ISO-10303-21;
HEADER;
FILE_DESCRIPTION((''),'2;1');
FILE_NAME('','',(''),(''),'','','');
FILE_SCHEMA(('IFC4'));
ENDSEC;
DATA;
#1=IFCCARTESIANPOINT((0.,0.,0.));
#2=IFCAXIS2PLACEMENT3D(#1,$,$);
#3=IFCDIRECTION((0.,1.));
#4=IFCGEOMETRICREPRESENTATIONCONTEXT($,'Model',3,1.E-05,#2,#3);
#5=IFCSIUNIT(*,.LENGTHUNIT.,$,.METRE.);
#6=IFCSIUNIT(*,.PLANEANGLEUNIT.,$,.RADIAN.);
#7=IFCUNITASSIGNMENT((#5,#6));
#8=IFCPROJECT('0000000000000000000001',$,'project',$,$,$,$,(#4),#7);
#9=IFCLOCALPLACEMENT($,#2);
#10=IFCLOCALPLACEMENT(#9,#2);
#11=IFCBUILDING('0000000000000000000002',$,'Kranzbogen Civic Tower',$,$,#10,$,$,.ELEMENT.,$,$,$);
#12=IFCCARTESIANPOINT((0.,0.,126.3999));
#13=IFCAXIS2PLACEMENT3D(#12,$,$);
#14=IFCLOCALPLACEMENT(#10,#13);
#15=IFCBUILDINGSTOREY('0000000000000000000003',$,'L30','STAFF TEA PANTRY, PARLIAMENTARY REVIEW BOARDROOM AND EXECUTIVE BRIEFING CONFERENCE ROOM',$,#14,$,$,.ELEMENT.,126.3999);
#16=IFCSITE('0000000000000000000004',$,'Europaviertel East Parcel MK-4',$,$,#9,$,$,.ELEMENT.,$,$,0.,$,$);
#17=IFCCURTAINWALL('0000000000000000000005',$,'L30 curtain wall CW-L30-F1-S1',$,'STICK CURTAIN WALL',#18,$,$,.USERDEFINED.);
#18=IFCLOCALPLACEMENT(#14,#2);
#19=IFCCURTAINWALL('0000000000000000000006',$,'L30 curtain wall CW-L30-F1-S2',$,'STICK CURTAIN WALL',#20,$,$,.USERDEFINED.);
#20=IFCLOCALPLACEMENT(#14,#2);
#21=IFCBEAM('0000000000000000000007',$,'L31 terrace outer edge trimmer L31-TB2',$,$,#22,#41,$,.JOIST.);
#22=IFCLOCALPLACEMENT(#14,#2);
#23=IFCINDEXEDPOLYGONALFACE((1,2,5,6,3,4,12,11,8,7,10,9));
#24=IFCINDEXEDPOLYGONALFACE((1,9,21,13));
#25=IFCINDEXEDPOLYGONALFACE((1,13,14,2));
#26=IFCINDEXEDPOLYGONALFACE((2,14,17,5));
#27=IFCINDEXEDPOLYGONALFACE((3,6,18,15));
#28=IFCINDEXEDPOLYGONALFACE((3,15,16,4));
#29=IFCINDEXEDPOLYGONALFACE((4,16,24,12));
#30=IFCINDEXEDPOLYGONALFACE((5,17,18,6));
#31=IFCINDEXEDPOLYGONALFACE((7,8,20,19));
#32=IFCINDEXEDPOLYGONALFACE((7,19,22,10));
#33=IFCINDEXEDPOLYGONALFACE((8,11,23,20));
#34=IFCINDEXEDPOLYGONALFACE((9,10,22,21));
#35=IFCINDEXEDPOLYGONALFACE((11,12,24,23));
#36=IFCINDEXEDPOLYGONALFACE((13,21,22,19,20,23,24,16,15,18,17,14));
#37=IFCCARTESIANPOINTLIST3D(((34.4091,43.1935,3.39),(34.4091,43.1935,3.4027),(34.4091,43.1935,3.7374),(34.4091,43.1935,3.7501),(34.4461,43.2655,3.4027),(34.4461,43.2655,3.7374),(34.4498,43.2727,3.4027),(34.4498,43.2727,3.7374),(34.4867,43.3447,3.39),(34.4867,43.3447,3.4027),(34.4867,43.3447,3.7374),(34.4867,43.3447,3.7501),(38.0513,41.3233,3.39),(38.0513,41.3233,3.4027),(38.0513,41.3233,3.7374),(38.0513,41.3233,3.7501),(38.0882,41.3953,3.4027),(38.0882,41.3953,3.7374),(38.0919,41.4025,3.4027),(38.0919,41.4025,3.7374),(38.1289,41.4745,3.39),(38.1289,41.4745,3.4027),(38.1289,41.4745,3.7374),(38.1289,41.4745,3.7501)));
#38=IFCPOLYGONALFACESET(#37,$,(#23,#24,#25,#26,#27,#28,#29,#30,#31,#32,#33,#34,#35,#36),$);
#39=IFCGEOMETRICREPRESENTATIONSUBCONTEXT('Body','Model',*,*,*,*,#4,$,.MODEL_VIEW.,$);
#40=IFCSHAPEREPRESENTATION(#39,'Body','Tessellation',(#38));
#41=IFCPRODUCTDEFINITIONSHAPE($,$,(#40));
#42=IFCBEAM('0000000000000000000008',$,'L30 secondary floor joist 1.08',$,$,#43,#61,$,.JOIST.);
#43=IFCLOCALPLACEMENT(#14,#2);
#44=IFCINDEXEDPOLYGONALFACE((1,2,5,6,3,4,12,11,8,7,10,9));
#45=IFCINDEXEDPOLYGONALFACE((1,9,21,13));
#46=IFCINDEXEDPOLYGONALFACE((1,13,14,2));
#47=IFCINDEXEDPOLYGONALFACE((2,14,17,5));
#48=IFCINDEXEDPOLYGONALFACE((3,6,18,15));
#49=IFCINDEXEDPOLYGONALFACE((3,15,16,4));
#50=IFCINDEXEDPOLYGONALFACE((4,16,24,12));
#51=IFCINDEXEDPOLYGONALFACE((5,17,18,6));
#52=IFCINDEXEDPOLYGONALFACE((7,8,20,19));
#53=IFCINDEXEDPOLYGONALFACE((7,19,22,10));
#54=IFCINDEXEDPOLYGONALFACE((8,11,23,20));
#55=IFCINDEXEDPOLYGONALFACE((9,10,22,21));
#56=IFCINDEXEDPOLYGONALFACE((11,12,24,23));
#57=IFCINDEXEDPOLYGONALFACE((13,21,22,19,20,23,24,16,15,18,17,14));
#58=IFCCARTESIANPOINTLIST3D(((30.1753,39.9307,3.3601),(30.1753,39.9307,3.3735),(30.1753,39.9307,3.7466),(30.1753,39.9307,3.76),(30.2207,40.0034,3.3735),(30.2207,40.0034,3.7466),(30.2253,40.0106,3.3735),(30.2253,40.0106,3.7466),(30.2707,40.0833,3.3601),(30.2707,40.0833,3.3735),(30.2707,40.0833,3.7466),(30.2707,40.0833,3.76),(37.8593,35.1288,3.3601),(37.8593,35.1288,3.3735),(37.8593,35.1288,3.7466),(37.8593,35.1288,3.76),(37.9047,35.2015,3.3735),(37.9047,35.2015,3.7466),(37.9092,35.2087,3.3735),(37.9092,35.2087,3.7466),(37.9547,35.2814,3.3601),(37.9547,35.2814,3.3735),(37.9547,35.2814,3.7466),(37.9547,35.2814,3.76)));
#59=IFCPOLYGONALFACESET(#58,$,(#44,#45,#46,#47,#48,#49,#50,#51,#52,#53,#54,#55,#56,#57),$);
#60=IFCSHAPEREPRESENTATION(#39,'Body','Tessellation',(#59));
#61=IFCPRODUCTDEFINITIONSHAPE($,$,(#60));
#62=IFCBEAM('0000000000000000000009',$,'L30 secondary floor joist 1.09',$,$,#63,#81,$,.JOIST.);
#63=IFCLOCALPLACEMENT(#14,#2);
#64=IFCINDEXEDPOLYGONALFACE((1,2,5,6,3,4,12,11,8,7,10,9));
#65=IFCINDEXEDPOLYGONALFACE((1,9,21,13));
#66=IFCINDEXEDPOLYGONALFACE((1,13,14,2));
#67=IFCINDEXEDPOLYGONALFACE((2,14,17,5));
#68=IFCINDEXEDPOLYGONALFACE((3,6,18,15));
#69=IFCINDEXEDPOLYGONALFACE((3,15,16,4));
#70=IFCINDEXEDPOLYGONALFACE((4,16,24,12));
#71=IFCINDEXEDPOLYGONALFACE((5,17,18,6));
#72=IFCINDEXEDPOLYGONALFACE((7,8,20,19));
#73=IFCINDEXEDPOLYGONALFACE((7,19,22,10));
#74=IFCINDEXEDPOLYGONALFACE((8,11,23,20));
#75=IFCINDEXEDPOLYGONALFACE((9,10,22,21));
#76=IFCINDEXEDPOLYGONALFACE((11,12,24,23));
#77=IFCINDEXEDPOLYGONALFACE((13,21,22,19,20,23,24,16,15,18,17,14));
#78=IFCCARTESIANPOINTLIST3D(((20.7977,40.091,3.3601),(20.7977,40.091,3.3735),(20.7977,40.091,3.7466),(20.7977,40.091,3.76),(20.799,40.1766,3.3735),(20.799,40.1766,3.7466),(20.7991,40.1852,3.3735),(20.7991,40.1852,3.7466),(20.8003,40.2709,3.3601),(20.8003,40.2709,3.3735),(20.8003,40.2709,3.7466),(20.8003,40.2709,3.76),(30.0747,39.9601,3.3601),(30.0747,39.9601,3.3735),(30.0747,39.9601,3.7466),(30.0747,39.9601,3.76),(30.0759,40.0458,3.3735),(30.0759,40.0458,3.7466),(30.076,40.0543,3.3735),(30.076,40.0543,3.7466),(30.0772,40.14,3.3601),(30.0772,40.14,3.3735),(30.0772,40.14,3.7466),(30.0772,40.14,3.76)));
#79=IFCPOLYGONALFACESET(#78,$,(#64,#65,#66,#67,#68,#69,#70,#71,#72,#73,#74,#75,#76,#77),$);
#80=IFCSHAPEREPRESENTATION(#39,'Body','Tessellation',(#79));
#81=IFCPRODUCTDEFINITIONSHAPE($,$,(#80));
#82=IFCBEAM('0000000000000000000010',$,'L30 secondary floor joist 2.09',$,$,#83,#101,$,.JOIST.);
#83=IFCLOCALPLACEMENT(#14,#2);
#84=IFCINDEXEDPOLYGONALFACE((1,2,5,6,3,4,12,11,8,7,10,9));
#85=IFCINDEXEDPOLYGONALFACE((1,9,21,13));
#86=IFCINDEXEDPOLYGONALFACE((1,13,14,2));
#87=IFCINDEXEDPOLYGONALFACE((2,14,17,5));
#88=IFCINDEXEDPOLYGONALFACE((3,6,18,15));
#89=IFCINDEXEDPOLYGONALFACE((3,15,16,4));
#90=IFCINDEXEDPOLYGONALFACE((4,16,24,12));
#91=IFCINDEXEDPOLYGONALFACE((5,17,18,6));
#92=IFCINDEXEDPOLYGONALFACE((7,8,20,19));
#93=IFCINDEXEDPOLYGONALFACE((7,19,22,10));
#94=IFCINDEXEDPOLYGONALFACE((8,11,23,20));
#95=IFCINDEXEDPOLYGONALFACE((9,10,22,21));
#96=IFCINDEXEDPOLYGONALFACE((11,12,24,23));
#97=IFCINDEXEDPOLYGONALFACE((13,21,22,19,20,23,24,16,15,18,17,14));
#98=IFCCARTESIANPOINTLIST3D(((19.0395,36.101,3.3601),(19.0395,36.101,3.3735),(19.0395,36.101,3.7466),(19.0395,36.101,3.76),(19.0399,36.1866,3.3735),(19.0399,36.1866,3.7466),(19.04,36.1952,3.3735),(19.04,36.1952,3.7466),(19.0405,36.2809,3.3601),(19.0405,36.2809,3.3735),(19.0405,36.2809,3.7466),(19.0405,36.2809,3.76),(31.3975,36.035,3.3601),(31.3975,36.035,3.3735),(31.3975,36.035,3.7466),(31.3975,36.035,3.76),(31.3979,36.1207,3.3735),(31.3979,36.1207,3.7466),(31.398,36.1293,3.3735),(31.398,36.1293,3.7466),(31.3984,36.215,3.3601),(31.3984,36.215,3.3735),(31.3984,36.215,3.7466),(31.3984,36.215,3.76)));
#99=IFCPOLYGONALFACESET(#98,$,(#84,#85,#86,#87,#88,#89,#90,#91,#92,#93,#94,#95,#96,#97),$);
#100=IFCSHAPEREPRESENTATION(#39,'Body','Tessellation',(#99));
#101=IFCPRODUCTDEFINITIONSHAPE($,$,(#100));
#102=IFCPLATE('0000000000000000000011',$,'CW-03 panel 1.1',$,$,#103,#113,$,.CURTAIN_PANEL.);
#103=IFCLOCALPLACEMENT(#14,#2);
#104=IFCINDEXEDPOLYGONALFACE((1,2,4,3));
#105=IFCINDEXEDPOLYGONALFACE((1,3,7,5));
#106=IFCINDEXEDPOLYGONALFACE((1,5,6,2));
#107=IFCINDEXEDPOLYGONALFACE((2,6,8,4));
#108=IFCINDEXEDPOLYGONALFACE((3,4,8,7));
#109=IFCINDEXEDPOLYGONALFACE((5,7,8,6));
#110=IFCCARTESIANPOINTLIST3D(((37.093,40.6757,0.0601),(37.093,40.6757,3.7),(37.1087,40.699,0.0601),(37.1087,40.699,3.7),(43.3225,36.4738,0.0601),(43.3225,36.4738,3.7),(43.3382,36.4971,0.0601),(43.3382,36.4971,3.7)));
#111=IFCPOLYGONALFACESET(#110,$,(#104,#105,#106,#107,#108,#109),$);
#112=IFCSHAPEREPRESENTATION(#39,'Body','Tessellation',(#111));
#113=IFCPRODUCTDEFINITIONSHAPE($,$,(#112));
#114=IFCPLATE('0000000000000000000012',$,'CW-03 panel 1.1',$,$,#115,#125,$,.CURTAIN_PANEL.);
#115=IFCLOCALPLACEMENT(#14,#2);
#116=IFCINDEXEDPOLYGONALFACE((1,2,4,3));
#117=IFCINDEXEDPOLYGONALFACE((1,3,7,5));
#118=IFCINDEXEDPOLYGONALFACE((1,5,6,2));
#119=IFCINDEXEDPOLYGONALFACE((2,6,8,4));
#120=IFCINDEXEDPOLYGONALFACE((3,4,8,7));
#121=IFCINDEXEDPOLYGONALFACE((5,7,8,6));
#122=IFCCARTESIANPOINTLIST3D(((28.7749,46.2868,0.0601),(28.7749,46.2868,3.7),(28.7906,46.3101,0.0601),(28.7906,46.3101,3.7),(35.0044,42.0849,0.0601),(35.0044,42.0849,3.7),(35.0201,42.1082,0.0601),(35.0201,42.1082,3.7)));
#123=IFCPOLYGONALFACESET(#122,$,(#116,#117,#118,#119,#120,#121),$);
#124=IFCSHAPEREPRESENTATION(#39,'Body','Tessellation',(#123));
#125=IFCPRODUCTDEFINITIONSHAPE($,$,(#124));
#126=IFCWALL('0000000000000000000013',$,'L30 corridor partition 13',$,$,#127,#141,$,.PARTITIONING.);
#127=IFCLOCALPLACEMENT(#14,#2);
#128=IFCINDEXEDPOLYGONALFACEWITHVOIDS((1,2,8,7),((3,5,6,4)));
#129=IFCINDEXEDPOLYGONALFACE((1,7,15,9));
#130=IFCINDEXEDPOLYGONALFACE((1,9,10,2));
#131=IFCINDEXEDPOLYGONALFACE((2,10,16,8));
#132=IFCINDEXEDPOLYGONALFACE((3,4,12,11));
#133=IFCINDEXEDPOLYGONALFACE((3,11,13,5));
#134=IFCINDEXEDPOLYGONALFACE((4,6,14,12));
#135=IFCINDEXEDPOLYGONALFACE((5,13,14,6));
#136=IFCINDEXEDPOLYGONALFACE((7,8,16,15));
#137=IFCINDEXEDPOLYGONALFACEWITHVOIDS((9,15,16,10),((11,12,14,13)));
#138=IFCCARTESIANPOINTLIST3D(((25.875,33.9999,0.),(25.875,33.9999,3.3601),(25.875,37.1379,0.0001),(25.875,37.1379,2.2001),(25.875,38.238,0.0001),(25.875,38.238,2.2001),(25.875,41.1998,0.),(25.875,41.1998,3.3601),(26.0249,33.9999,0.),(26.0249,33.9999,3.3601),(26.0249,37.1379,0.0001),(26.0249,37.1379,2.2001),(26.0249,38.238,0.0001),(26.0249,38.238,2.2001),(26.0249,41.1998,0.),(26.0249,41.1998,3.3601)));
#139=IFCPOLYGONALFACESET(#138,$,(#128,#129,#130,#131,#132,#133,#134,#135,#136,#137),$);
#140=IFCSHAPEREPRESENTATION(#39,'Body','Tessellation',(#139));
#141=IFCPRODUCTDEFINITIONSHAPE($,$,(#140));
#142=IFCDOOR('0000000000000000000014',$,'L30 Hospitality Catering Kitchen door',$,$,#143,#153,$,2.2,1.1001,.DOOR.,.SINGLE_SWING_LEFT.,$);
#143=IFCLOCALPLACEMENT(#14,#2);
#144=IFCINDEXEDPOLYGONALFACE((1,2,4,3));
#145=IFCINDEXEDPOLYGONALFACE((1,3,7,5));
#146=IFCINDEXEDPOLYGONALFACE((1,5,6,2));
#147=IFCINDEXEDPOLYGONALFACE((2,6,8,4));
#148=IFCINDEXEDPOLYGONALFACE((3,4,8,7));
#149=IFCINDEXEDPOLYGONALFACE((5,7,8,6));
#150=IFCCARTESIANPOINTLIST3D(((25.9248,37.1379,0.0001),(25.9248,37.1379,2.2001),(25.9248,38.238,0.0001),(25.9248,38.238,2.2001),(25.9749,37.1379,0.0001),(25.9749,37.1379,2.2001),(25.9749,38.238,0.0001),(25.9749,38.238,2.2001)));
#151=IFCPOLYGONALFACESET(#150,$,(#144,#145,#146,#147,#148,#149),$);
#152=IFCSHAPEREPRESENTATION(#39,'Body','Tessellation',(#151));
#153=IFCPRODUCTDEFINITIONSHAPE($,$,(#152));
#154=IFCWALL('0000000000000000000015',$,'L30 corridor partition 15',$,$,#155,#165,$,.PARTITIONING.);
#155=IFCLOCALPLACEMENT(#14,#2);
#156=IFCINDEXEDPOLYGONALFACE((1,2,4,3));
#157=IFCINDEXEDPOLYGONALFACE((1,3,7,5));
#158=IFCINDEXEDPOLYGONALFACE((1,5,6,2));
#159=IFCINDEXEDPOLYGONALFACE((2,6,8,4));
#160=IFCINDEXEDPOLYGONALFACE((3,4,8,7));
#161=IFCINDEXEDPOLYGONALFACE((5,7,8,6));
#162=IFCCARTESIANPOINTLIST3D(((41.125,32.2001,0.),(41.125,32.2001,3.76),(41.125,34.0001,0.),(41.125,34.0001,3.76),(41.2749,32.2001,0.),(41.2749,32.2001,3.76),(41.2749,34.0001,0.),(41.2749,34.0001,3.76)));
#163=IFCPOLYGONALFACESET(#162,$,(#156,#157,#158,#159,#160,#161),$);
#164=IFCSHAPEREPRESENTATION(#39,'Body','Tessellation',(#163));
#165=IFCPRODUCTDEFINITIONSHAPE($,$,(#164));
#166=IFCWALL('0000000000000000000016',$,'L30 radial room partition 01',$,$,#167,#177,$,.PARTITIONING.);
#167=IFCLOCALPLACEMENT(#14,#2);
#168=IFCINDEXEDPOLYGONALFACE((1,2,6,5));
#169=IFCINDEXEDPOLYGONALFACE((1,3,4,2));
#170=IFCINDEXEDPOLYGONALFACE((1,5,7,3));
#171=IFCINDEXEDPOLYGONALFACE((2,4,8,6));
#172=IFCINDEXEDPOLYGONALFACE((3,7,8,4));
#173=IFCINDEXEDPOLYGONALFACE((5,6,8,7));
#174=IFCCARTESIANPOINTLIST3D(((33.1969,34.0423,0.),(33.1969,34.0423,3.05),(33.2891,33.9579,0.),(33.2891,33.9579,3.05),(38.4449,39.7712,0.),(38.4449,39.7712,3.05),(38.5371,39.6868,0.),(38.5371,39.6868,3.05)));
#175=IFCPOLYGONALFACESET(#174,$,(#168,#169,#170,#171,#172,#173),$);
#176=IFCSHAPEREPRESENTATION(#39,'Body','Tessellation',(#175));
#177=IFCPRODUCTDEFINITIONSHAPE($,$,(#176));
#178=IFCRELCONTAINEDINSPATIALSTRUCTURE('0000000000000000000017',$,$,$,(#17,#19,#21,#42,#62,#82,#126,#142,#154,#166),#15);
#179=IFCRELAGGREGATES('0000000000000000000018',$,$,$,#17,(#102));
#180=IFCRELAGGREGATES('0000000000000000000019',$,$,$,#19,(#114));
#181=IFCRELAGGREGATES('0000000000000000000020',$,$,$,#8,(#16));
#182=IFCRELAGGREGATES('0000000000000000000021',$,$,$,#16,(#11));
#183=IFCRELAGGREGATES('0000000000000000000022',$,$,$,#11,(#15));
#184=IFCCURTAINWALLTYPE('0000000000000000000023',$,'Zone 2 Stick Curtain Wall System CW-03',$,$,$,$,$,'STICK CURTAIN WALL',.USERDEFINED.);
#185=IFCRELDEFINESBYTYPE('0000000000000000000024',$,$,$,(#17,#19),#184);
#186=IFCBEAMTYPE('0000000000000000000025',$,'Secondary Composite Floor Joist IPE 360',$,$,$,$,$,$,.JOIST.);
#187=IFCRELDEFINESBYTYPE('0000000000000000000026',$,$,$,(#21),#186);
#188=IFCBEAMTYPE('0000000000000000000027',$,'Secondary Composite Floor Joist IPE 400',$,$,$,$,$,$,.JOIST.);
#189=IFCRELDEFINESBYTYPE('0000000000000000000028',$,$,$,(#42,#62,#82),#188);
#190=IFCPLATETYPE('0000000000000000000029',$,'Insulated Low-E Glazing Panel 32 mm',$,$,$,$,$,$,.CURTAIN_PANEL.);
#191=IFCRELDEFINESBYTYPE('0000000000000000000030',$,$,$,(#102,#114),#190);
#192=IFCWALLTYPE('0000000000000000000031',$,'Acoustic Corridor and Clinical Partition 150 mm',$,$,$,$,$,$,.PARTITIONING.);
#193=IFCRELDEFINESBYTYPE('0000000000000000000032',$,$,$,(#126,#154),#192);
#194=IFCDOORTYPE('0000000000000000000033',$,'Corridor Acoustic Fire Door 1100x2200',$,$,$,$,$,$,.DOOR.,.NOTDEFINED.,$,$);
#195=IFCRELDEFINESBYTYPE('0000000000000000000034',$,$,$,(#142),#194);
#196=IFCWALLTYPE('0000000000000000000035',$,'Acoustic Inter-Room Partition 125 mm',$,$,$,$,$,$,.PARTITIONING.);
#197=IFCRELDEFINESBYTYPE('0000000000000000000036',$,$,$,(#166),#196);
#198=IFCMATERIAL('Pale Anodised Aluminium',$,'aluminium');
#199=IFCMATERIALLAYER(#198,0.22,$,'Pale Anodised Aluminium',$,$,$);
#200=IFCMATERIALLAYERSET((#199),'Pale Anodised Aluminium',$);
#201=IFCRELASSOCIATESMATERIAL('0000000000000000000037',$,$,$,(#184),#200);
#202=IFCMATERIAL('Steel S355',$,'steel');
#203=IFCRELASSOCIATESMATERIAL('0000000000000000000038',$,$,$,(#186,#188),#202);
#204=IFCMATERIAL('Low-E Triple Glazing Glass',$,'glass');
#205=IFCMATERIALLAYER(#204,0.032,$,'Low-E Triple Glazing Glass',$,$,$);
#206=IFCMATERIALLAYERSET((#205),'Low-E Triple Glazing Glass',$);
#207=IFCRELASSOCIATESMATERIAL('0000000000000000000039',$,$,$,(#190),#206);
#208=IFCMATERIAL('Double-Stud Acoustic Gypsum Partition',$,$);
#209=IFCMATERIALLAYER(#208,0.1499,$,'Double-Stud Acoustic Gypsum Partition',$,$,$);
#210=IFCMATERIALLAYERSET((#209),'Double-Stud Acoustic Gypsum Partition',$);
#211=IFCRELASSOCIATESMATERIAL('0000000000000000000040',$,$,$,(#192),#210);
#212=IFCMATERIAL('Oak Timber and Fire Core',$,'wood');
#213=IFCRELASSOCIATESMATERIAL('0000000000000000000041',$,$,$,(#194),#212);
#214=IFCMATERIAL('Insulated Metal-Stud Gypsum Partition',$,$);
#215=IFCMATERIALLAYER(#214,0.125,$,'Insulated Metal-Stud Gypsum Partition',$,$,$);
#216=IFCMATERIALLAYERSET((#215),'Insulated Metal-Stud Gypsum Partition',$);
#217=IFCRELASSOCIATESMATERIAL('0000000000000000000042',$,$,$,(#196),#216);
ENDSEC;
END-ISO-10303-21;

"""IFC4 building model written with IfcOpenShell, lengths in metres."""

from ifc_helpers import new_model, si_unit, direction, frame, frame_2d, origin, origin_2d, place, context, subcontext, project, spatial, rectangle, i_section, extrude, material, layer, layer_set, material_profile, profile_set, type_object, element, fill, aggregate, save


model = new_model("IFC4")

# Units and contexts
model_context = context("Model", 3, precision=1e-05, world=origin(), true_north=direction((0.0, 1.0)))
body_context = subcontext(model_context, "Body", "Model", "MODEL_VIEW")
ifc_project = project(units=[si_unit("LENGTHUNIT", "METRE"), si_unit("PLANEANGLEUNIT", "RADIAN")], contexts=[model_context])

# Site, building, storey
site_placement = place(None, origin())
site = spatial("IfcSite", under=ifc_project, at=site_placement, Name="Europaviertel East Parcel MK-4", CompositionType="ELEMENT", RefElevation=0.0)
building_placement = place(site_placement, origin())
building = spatial("IfcBuilding", under=site, at=building_placement, Name="Kranzbogen Civic Tower", CompositionType="ELEMENT")
storey_placement = place(building_placement, frame((0.0, 0.0, 126.3999)))
storey = spatial("IfcBuildingStorey", under=building, at=storey_placement, Name="L30", Description="STAFF TEA PANTRY, PARLIAMENTARY REVIEW BOARDROOM AND EXECUTIVE BRIEFING CONFERENCE ROOM", CompositionType="ELEMENT", Elevation=126.3999)

# Shared definitions
ifc_material_1 = material(Name="Steel S355", Category="steel")

# Curtain walls
ifc_material_2 = material(Name="Pale Anodised Aluminium", Category="aluminium")
ifc_layer_1 = layer(ifc_material_2, 0.22, Name="Pale Anodised Aluminium")
ifc_layer_set_1 = layer_set([ifc_layer_1], Name="Pale Anodised Aluminium")
curtain_wall_type = type_object("IfcCurtainWallType", Name="Zone 2 Stick Curtain Wall System CW-03", ElementType="STICK CURTAIN WALL", PredefinedType="USERDEFINED", material=ifc_layer_set_1)
curtain_wall_1_placement = place(storey_placement, origin())
curtain_wall_1 = element("IfcCurtainWall", 1, at=curtain_wall_1_placement, inside=storey, type_object=curtain_wall_type, Name="L30 curtain wall CW-L30-F1-S1", ObjectType="STICK CURTAIN WALL", PredefinedType="USERDEFINED")
curtain_wall_2_placement = place(storey_placement, origin())
curtain_wall_2 = element("IfcCurtainWall", 2, at=curtain_wall_2_placement, inside=storey, type_object=curtain_wall_type, Name="L30 curtain wall CW-L30-F1-S2", ObjectType="STICK CURTAIN WALL", PredefinedType="USERDEFINED")

# Beams
ifc_material_profile_1 = material_profile(ifc_material_1, i_section(OverallWidth=0.1699, OverallDepth=0.3601, WebThickness=0.0081, FlangeThickness=0.0127, at=origin_2d()), Name="IPE 360")
ifc_profile_set_1 = profile_set([ifc_material_profile_1], Name="Steel S355")
beam_type_1 = type_object("IfcBeamType", Name="Secondary Composite Floor Joist IPE 360", PredefinedType="JOIST", material=ifc_profile_set_1)
beam_1_placement = place(storey_placement, frame((38.0901, 41.3989, 3.5701), z_axis=(-0.889581, 0.456777, 0.0), x_axis=(-0.456777, -0.889581, 0.0)))
element("IfcBeam", 3, at=beam_1_placement, inside=storey, type_object=beam_type_1, Name="L31 terrace outer edge trimmer L31-TB2", PredefinedType="JOIST", context=body_context, shape_type="SweptSolid", body=[
    extrude(i_section(OverallWidth=0.1699, OverallDepth=0.3601, WebThickness=0.0081, FlangeThickness=0.0127, at=origin_2d()), origin(), (0.0, 0.0, 1.0), 4.0942),
])
ifc_material_profile_2 = material_profile(ifc_material_1, i_section(OverallWidth=0.1799, OverallDepth=0.3999, WebThickness=0.0085, FlangeThickness=0.0134, at=origin_2d()), Name="IPE 400")
ifc_profile_set_2 = profile_set([ifc_material_profile_2], Name="Steel S355")
beam_type_2 = type_object("IfcBeamType", Name="Secondary Composite Floor Joist IPE 400", PredefinedType="JOIST", material=ifc_profile_set_2)
beam_2_placement = place(storey_placement, frame((37.907, 35.2051, 3.5601), z_axis=(-0.848026, 0.529955, 0.0), x_axis=(-0.529955, -0.848026, 0.0)))
element("IfcBeam", 4, at=beam_2_placement, inside=storey, type_object=beam_type_2, Name="L30 secondary floor joist 1.08", PredefinedType="JOIST", context=body_context, shape_type="SweptSolid", body=[
    extrude(i_section(OverallWidth=0.1799, OverallDepth=0.3999, WebThickness=0.0085, FlangeThickness=0.0134, at=origin_2d()), origin(), (0.0, 0.0, 1.0), 9.061),
])
beam_3_placement = place(storey_placement, frame((30.0759, 40.05, 3.5601), z_axis=(-0.999901, 0.014105, 0.0), x_axis=(-0.014105, -0.999901, 0.0)))
element("IfcBeam", 5, at=beam_3_placement, inside=storey, type_object=beam_type_2, Name="L30 secondary floor joist 1.09", PredefinedType="JOIST", context=body_context, shape_type="SweptSolid", body=[
    extrude(i_section(OverallWidth=0.1799, OverallDepth=0.3999, WebThickness=0.0085, FlangeThickness=0.0134, at=origin_2d()), origin(), (0.0, 0.0, 1.0), 9.2778),
])
beam_4_placement = place(storey_placement, frame((31.3979, 36.125, 3.5601), z_axis=(-0.999986, 0.005334, 0.0), x_axis=(-0.005334, -0.999986, 0.0)))
element("IfcBeam", 6, at=beam_4_placement, inside=storey, type_object=beam_type_2, Name="L30 secondary floor joist 2.09", PredefinedType="JOIST", context=body_context, shape_type="SweptSolid", body=[
    extrude(i_section(OverallWidth=0.1799, OverallDepth=0.3999, WebThickness=0.0085, FlangeThickness=0.0134, at=origin_2d()), origin(), (0.0, 0.0, 1.0), 12.3582),
])

# Plates
ifc_material_3 = material(Name="Low-E Triple Glazing Glass", Category="glass")
ifc_layer_2 = layer(ifc_material_3, 0.032, Name="Low-E Triple Glazing Glass")
ifc_layer_set_2 = layer_set([ifc_layer_2], Name="Low-E Triple Glazing Glass")
plate_type = type_object("IfcPlateType", Name="Insulated Low-E Glazing Panel 32 mm", PredefinedType="CURTAIN_PANEL", material=ifc_layer_set_2)
plate_1_placement = place(storey_placement, frame((40.2156, 38.5864, 0.0601), z_axis=(0.0, 0.0, 1.0), x_axis=(-0.829035, 0.559196, 0.0)))
plate_1 = element("IfcPlate", 7, at=plate_1_placement, type_object=plate_type, Name="CW-03 panel 1.1", PredefinedType="CURTAIN_PANEL", context=body_context, shape_type="SweptSolid", body=[
    extrude(rectangle(XDim=7.5142, YDim=0.0281, at=origin_2d()), origin(), (0.0, 0.0, 1.0), 3.6399),
])
aggregate(curtain_wall_1, [plate_1])
plate_2_placement = place(storey_placement, frame((31.8975, 44.1975, 0.0601), z_axis=(0.0, 0.0, 1.0), x_axis=(-0.829035, 0.559196, 0.0)))
plate_2 = element("IfcPlate", 8, at=plate_2_placement, type_object=plate_type, Name="CW-03 panel 1.1", PredefinedType="CURTAIN_PANEL", context=body_context, shape_type="SweptSolid", body=[
    extrude(rectangle(XDim=7.5142, YDim=0.0281, at=origin_2d()), origin(), (0.0, 0.0, 1.0), 3.6399),
])
aggregate(curtain_wall_2, [plate_2])

# Wall, opening, door
ifc_material_4 = material(Name="Double-Stud Acoustic Gypsum Partition")
ifc_layer_3 = layer(ifc_material_4, 0.1499, Name="Double-Stud Acoustic Gypsum Partition")
ifc_layer_set_3 = layer_set([ifc_layer_3], Name="Double-Stud Acoustic Gypsum Partition")
wall_type_1 = type_object("IfcWallType", Name="Acoustic Corridor and Clinical Partition 150 mm", PredefinedType="PARTITIONING", material=ifc_layer_set_3)
wall_1_placement = place(storey_placement, frame((25.95, 41.2, 0.0), z_axis=(0.0, 0.0, 1.0), x_axis=(0.0, -1.0, 0.0)))
wall_1 = element("IfcWall", 9, at=wall_1_placement, inside=storey, type_object=wall_type_1, Name="L30 corridor partition 13", PredefinedType="PARTITIONING", context=body_context, shape_type="SweptSolid", body=[
    extrude(rectangle(XDim=7.2, YDim=0.1499, at=frame_2d((3.6001, 0.0))), origin(), (0.0, 0.0, 1.0), 3.3601),
])
opening_1_placement = place(wall_1_placement, frame((2.9619, 0.0, 0.0)))
opening_1 = element("IfcOpeningElement", 10, at=opening_1_placement, cuts=wall_1, PredefinedType="OPENING", context=body_context, shape_type="SweptSolid", body=[
    extrude(rectangle(XDim=1.1001, YDim=2.2, at=frame_2d((0.55, 1.1001))), frame((0.0, 0.085, 0.0), z_axis=(0.0, -1.0, 0.0), x_axis=(1.0, 0.0, 0.0)), (0.0, 0.0, 1.0), 0.1699),
])
ifc_material_5 = material(Name="Oak Timber and Fire Core", Category="wood")
door_type_1 = type_object("IfcDoorType", Name="Corridor Acoustic Fire Door 1100x2200", OperationType="NOTDEFINED", PredefinedType="DOOR", material=ifc_material_5)
door_1_placement = place(opening_1_placement, origin())
door_1 = element("IfcDoor", 11, at=door_1_placement, inside=storey, type_object=door_type_1, Name="L30 Hospitality Catering Kitchen door", OperationType="SINGLE_SWING_LEFT", OverallHeight=2.2, OverallWidth=1.1001, PredefinedType="DOOR", context=body_context, shape_type="SweptSolid", body=[
    extrude(rectangle(XDim=1.1001, YDim=2.2, at=frame_2d((0.55, 1.1001))), frame((0.0, 0.0249, 0.0), z_axis=(0.0, -1.0, 0.0), x_axis=(1.0, 0.0, 0.0)), (0.0, 0.0, 1.0), 0.05),
])
fill(opening_1, door_1)

# Walls
wall_2_placement = place(storey_placement, frame((41.2, 34.0, 0.0), z_axis=(0.0, 0.0, 1.0), x_axis=(0.0, -1.0, 0.0)))
element("IfcWall", 12, at=wall_2_placement, inside=storey, type_object=wall_type_1, Name="L30 corridor partition 15", PredefinedType="PARTITIONING", context=body_context, shape_type="SweptSolid", body=[
    extrude(rectangle(XDim=1.8, YDim=0.1499, at=frame_2d((0.8999, 0.0))), origin(), (0.0, 0.0, 1.0), 3.76),
])
ifc_material_6 = material(Name="Insulated Metal-Stud Gypsum Partition")
ifc_layer_4 = layer(ifc_material_6, 0.125, Name="Insulated Metal-Stud Gypsum Partition")
ifc_layer_set_4 = layer_set([ifc_layer_4], Name="Insulated Metal-Stud Gypsum Partition")
wall_type_2 = type_object("IfcWallType", Name="Acoustic Inter-Room Partition 125 mm", PredefinedType="PARTITIONING", material=ifc_layer_set_4)
wall_3_placement = place(storey_placement, frame((33.2429, 34.0, 0.0), z_axis=(0.0, 0.0, 1.0), x_axis=(0.675477, 0.737381, 0.0)))
element("IfcWall", 13, at=wall_3_placement, inside=storey, type_object=wall_type_2, Name="L30 radial room partition 01", PredefinedType="PARTITIONING", context=body_context, shape_type="SweptSolid", body=[
    extrude(rectangle(XDim=7.7693, YDim=0.125, at=frame_2d((3.8848, 0.0))), origin(), (0.0, 0.0, 1.0), 3.05),
])

save(model, "model.ifc")
